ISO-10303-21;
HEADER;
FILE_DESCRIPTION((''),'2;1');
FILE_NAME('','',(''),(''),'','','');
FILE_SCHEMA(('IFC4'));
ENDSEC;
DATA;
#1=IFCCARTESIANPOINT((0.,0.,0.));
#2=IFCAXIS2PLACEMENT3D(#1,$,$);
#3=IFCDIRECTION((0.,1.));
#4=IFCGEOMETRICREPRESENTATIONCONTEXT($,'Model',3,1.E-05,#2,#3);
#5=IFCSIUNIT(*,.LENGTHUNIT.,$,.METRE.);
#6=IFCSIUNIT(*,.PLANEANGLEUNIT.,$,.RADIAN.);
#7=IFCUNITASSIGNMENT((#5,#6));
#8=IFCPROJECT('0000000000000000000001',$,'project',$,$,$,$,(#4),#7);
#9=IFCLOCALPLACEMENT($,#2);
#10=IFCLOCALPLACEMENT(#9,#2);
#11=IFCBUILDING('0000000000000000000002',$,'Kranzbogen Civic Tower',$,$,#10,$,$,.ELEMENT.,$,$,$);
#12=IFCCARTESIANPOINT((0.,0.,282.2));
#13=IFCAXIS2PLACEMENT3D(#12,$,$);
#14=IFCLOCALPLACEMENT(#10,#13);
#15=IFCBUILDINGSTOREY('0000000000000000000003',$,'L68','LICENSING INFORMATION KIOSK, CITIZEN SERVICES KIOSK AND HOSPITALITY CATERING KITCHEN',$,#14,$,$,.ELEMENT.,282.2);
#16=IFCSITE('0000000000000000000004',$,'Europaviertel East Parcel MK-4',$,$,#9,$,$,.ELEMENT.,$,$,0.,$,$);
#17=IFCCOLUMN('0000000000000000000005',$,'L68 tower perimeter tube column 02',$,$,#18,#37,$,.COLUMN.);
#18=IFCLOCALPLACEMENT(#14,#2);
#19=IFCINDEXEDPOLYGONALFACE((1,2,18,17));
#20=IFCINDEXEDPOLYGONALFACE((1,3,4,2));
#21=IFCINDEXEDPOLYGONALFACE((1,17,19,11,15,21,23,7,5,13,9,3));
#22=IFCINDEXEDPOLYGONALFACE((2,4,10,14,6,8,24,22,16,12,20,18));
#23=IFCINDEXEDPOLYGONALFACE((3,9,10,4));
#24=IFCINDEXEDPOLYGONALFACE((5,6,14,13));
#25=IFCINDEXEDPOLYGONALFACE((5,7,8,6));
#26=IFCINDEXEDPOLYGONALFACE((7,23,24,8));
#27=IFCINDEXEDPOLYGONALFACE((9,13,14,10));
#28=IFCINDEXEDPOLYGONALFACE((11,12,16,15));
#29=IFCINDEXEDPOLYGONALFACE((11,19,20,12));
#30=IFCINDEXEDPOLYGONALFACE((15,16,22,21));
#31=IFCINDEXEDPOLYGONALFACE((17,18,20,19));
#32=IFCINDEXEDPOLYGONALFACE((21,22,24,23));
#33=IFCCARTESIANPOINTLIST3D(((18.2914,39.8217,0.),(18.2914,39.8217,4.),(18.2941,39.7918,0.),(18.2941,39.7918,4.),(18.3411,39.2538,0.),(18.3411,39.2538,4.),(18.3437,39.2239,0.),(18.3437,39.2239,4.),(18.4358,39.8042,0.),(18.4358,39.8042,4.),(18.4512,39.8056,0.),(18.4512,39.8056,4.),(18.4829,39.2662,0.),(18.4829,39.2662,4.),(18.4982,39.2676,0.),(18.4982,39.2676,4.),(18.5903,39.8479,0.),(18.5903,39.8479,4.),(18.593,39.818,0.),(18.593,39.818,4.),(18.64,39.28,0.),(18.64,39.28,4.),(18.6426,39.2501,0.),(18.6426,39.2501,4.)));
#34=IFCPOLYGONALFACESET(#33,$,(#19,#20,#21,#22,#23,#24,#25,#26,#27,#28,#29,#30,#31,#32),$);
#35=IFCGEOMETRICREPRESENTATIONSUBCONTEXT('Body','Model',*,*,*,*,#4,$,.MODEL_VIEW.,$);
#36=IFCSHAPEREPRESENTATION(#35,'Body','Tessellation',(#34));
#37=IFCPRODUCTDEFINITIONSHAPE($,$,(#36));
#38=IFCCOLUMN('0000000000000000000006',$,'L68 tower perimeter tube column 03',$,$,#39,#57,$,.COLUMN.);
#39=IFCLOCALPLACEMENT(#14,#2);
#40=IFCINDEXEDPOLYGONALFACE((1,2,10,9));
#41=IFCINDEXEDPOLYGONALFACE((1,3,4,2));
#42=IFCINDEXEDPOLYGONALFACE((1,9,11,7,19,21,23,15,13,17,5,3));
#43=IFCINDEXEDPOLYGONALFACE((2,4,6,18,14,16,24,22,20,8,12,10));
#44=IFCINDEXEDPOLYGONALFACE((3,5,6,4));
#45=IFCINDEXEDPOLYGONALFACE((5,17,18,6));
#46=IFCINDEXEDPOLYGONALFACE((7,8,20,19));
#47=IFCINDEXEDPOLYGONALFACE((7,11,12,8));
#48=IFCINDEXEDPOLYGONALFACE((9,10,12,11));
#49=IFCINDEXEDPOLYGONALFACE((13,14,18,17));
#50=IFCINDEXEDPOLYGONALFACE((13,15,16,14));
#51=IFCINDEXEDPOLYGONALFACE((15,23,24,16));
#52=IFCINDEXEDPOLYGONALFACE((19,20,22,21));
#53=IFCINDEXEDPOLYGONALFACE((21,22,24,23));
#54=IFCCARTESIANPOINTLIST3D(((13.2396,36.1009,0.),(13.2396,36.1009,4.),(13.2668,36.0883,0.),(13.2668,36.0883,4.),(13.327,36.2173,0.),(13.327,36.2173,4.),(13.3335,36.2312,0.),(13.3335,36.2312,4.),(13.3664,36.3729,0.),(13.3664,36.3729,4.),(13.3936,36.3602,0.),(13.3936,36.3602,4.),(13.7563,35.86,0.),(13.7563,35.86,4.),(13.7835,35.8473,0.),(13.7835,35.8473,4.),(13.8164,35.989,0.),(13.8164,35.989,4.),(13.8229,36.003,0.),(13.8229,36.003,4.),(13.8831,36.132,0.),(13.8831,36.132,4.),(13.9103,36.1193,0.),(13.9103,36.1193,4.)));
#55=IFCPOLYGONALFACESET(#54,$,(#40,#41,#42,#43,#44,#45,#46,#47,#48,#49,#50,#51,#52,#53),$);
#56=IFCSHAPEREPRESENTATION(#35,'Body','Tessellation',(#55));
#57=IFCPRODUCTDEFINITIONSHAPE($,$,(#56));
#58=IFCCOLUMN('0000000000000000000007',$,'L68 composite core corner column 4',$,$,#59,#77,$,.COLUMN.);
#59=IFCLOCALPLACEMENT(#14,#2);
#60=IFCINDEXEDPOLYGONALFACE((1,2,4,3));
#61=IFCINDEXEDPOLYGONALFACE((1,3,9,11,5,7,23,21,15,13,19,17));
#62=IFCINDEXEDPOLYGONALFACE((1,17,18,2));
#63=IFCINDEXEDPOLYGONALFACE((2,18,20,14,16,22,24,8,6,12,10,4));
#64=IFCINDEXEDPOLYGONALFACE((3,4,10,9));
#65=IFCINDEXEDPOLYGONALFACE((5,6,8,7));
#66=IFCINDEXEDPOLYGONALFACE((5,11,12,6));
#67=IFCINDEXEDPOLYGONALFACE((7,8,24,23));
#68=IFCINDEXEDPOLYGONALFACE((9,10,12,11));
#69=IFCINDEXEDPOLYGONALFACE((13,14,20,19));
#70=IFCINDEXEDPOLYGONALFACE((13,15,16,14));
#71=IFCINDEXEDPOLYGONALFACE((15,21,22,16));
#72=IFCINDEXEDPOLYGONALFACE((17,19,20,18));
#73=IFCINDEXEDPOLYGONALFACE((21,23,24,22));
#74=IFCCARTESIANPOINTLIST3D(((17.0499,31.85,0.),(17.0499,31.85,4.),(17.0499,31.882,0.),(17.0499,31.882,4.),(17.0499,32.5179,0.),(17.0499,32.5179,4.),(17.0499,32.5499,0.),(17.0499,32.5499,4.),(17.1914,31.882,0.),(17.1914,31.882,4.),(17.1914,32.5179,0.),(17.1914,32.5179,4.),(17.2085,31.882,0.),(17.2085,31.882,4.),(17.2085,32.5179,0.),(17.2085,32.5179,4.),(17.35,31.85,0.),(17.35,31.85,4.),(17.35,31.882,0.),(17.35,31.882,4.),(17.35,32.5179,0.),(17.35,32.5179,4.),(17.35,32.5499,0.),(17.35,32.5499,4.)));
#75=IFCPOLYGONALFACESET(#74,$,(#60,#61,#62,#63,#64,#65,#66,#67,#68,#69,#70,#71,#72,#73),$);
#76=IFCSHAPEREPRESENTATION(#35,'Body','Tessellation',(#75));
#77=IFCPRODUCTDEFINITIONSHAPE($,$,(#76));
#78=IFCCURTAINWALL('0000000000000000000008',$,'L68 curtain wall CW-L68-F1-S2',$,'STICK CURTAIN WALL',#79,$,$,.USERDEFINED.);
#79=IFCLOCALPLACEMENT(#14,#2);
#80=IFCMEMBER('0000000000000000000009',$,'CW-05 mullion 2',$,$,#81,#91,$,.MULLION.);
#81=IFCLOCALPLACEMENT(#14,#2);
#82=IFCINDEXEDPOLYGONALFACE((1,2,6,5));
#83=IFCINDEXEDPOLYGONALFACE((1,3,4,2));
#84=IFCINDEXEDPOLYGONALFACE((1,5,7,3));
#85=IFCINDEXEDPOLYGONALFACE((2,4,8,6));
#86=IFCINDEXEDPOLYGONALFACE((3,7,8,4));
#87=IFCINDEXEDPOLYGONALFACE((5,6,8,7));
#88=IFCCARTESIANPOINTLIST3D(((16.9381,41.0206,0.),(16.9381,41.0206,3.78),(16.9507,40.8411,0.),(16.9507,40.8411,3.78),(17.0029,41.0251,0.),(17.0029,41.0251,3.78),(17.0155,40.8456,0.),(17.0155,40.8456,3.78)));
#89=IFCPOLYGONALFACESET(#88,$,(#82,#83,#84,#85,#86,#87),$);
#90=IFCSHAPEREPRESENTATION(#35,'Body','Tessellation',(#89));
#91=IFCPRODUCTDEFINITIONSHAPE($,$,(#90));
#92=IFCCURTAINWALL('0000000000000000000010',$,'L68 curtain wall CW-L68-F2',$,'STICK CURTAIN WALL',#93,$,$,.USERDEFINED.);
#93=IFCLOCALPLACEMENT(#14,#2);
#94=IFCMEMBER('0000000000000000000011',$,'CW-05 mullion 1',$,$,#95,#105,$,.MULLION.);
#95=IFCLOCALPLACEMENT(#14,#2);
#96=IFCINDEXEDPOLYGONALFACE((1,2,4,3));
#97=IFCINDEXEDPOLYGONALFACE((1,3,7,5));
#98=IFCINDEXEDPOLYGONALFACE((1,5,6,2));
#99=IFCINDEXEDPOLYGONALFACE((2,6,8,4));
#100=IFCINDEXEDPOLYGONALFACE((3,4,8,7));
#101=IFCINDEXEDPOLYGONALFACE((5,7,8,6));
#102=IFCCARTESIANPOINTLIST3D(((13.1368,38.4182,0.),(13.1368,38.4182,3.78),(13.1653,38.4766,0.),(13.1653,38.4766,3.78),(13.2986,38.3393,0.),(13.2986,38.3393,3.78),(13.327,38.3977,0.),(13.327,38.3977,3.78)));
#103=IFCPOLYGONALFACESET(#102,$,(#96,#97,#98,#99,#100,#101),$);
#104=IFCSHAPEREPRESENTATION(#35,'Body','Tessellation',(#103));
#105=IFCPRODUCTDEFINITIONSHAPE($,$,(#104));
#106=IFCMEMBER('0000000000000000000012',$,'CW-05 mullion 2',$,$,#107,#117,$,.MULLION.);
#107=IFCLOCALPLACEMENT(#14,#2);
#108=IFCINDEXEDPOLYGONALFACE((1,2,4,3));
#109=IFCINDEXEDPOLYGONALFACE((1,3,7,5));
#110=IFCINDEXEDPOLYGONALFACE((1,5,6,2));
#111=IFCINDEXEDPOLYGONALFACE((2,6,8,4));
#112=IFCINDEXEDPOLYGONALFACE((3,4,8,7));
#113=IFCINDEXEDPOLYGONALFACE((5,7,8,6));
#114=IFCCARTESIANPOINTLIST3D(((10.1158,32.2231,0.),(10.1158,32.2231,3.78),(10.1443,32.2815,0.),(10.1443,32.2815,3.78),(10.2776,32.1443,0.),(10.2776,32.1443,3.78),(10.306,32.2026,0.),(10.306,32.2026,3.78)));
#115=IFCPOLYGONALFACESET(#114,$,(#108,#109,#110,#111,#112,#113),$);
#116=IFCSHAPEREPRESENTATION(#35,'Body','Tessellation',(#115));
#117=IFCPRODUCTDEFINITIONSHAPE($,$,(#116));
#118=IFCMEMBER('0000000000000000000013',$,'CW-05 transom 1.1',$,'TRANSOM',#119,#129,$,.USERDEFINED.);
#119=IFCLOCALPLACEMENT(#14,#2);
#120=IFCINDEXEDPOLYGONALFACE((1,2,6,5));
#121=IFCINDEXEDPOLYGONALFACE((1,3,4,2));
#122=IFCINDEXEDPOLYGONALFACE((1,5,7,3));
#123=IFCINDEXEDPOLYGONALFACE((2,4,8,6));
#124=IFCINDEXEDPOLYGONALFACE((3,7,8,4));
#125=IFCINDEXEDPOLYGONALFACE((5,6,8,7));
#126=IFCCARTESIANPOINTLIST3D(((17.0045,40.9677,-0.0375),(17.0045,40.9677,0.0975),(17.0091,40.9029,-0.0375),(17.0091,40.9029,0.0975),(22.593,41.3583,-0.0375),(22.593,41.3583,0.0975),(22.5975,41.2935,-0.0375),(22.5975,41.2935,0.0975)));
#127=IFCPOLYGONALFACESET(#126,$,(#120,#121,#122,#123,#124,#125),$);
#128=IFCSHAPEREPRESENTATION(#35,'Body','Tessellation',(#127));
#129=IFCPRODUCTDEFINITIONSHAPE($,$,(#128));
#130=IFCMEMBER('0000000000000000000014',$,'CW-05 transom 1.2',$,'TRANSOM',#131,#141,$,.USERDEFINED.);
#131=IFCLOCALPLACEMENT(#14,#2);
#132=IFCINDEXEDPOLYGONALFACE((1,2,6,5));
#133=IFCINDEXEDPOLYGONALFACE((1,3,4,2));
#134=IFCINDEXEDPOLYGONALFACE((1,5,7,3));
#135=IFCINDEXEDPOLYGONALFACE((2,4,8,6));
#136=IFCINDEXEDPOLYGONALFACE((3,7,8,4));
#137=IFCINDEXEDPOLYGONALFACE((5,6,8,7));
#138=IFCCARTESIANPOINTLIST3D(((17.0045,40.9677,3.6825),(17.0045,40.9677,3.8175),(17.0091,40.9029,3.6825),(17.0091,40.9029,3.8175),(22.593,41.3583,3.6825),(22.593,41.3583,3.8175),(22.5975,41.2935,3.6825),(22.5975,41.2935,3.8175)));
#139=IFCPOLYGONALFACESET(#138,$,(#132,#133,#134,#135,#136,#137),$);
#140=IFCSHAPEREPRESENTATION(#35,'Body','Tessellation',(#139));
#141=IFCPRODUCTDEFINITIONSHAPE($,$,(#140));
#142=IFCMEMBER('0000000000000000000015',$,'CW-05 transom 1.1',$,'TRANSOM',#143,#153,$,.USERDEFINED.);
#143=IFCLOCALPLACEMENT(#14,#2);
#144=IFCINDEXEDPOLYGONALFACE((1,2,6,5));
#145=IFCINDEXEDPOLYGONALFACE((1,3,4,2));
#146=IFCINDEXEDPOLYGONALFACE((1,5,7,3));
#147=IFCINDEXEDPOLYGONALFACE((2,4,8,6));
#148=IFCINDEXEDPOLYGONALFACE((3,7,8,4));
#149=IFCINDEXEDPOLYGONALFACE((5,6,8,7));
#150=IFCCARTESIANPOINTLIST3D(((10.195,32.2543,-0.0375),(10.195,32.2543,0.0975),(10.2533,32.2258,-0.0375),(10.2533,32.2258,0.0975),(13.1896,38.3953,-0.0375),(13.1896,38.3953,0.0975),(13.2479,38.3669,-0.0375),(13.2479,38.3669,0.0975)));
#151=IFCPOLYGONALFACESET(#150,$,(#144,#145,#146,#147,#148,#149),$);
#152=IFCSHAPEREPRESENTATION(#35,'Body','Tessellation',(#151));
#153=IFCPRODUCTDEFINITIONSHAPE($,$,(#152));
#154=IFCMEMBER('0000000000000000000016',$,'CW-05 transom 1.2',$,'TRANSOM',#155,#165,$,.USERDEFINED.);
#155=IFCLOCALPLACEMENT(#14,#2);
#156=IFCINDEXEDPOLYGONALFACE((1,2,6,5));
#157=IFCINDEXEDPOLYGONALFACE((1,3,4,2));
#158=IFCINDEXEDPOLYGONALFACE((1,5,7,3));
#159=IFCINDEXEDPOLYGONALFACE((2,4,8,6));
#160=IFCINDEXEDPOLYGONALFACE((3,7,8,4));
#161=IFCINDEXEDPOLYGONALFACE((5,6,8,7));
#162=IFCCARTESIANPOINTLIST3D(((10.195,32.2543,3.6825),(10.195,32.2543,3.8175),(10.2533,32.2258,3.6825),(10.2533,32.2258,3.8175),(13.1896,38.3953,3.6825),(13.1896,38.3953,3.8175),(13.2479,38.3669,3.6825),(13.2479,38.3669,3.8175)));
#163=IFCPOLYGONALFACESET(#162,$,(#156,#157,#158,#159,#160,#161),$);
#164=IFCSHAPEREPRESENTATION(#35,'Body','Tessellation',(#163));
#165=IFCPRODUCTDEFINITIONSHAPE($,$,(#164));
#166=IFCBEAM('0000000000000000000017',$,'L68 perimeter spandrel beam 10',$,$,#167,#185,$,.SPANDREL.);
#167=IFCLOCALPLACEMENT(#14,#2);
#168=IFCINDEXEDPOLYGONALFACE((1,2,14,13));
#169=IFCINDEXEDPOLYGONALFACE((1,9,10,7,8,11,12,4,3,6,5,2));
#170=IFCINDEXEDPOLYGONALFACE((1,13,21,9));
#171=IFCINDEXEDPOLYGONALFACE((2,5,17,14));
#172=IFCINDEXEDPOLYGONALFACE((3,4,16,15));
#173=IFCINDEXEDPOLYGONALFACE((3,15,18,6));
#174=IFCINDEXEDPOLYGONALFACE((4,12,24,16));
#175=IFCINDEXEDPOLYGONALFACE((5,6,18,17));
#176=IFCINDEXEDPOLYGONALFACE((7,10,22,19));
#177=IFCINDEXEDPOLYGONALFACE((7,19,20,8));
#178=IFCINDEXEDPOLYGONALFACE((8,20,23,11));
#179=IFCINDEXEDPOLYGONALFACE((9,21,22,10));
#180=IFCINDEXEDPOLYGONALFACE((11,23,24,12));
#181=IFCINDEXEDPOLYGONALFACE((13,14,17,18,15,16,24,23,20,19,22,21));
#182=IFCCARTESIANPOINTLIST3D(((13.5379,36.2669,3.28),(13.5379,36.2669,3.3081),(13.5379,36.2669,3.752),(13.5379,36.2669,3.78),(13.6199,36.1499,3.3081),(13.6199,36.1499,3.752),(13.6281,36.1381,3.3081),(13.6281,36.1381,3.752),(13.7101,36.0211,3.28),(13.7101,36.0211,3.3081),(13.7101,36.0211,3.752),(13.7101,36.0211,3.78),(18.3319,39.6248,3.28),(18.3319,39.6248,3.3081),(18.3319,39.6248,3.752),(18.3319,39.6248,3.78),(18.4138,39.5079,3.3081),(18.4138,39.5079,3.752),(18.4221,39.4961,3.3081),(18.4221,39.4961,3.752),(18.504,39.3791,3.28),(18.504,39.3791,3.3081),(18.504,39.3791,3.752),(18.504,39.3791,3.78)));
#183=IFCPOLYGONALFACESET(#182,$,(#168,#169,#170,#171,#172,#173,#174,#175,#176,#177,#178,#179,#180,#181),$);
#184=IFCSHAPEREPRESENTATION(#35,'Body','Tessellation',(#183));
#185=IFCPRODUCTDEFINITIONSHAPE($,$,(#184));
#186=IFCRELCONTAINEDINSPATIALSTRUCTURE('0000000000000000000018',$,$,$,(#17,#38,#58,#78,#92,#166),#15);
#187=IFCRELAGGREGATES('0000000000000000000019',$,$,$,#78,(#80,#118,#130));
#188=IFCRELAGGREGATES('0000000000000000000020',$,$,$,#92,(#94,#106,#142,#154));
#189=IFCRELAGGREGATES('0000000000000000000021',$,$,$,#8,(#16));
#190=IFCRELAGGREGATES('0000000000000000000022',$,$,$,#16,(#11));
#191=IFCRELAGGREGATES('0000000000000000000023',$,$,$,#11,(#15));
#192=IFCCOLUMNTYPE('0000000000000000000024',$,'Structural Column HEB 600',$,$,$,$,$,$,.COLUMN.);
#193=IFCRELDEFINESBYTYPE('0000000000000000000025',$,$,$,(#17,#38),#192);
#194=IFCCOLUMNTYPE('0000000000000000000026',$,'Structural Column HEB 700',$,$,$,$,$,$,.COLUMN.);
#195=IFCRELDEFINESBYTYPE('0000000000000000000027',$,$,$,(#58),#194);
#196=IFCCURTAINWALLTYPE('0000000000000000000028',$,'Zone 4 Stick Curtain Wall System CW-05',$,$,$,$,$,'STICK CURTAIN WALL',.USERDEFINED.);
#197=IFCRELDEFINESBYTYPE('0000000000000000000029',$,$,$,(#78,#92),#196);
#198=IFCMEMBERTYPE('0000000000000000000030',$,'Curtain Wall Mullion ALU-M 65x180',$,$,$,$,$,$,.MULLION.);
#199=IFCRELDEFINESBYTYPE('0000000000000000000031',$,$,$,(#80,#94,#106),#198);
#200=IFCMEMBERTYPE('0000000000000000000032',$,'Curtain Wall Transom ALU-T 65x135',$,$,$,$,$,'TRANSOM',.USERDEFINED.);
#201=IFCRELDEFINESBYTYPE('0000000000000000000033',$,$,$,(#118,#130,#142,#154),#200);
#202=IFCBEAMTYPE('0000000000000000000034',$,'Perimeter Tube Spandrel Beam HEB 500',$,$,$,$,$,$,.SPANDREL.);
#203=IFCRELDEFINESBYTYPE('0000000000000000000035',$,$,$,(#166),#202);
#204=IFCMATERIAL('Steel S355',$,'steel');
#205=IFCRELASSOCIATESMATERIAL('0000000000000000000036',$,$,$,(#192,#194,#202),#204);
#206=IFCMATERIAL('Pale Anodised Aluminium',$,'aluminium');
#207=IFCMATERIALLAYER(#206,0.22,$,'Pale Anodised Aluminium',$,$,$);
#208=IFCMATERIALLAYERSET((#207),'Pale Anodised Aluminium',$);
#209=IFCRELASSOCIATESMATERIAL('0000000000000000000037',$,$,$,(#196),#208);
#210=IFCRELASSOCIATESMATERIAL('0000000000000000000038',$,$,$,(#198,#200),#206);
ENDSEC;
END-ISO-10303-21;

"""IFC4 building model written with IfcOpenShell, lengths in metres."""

from ifc_helpers import new_model, si_unit, direction, frame, origin, origin_2d, place, context, subcontext, project, spatial, rectangle, i_section, extrude, material, layer, layer_set, material_profile, profile_set, type_object, element, aggregate, save


model = new_model("IFC4")

# Units and contexts
model_context = context("Model", 3, precision=1e-05, world=origin(), true_north=direction((0.0, 1.0)))
body_context = subcontext(model_context, "Body", "Model", "MODEL_VIEW")
ifc_project = project(units=[si_unit("LENGTHUNIT", "METRE"), si_unit("PLANEANGLEUNIT", "RADIAN")], contexts=[model_context])

# Site, building, storey
site_placement = place(None, origin())
site = spatial("IfcSite", under=ifc_project, at=site_placement, Name="Europaviertel East Parcel MK-4", CompositionType="ELEMENT", RefElevation=0.0)
building_placement = place(site_placement, origin())
building = spatial("IfcBuilding", under=site, at=building_placement, Name="Kranzbogen Civic Tower", CompositionType="ELEMENT")
storey_placement = place(building_placement, frame((0.0, 0.0, 282.2)))
storey = spatial("IfcBuildingStorey", under=building, at=storey_placement, Name="L68", Description="LICENSING INFORMATION KIOSK, CITIZEN SERVICES KIOSK AND HOSPITALITY CATERING KITCHEN", CompositionType="ELEMENT", Elevation=282.2)

# Columns
ifc_material_1 = material(Name="Steel S355", Category="steel")
ifc_material_profile_1 = material_profile(ifc_material_1, i_section(OverallWidth=0.3, OverallDepth=0.6001, WebThickness=0.0154, FlangeThickness=0.03, at=origin_2d()), Name="HEB 600")
ifc_profile_set_1 = profile_set([ifc_material_profile_1], Name="Steel S355")
column_type_1 = type_object("IfcColumnType", Name="Structural Column HEB 600", PredefinedType="COLUMN", material=ifc_profile_set_1)
for number, where, z_axis, x_axis, name in (
    (1, (18.467, 39.5359, 0.0), (0.0, 0.0, 1.0), (0.996195, 0.087156, 0.0), "L68 tower perimeter tube column 02"),
    (2, (13.575, 36.1101, 0.0), (0.0, 0.0, 1.0), (0.422618, 0.906308, 0.0), "L68 tower perimeter tube column 03"),
):
    element("IfcColumn", number, at=place(storey_placement, frame(where, z_axis=z_axis, x_axis=x_axis)), inside=storey, type_object=column_type_1, Name=name, PredefinedType="COLUMN", context=body_context, shape_type="SweptSolid", body=[
        extrude(i_section(OverallWidth=0.3, OverallDepth=0.6001, WebThickness=0.0154, FlangeThickness=0.03, at=origin_2d()), origin(), (0.0, 0.0, 1.0), 4.0),
    ])
ifc_material_profile_2 = material_profile(ifc_material_1, i_section(OverallWidth=0.3, OverallDepth=0.7, WebThickness=0.0171, FlangeThickness=0.032, at=origin_2d()), Name="HEB 700")
ifc_profile_set_2 = profile_set([ifc_material_profile_2], Name="Steel S355")
column_type_2 = type_object("IfcColumnType", Name="Structural Column HEB 700", PredefinedType="COLUMN", material=ifc_profile_set_2)
column_placement = place(storey_placement, frame((17.2, 32.2, 0.0), z_axis=(0.0, 0.0, 1.0), x_axis=(1.0, 0.0, 0.0)))
element("IfcColumn", 3, at=column_placement, inside=storey, type_object=column_type_2, Name="L68 composite core corner column 4", PredefinedType="COLUMN", context=body_context, shape_type="SweptSolid", body=[
    extrude(i_section(OverallWidth=0.3, OverallDepth=0.7, WebThickness=0.0171, FlangeThickness=0.032, at=origin_2d()), origin(), (0.0, 0.0, 1.0), 4.0),
])

# Curtain wall, member
ifc_material_2 = material(Name="Pale Anodised Aluminium", Category="aluminium")
ifc_layer_1 = layer(ifc_material_2, 0.22, Name="Pale Anodised Aluminium")
ifc_layer_set_1 = layer_set([ifc_layer_1], Name="Pale Anodised Aluminium")
curtain_wall_type = type_object("IfcCurtainWallType", Name="Zone 4 Stick Curtain Wall System CW-05", ElementType="STICK CURTAIN WALL", PredefinedType="USERDEFINED", material=ifc_layer_set_1)
curtain_wall_1_placement = place(storey_placement, origin())
curtain_wall_1 = element("IfcCurtainWall", 4, at=curtain_wall_1_placement, inside=storey, type_object=curtain_wall_type, Name="L68 curtain wall CW-L68-F1-S2", ObjectType="STICK CURTAIN WALL", PredefinedType="USERDEFINED")
ifc_material_profile_3 = material_profile(ifc_material_2, rectangle(XDim=0.0649, YDim=0.1799, at=origin_2d()), Name="ALU-M 65x180")
ifc_profile_set_3 = profile_set([ifc_material_profile_3], Name="Pale Anodised Aluminium")
member_type_1 = type_object("IfcMemberType", Name="Curtain Wall Mullion ALU-M 65x180", PredefinedType="MULLION", material=ifc_profile_set_3)
member_1_placement = place(storey_placement, frame((16.9768, 40.9331, 0.0), z_axis=(0.0, 0.0, 1.0), x_axis=(-0.997566, -0.069732, 0.0)))
member_1 = element("IfcMember", 5, at=member_1_placement, type_object=member_type_1, Name="CW-05 mullion 2", PredefinedType="MULLION", context=body_context, shape_type="SweptSolid", body=[
    extrude(rectangle(XDim=0.0649, YDim=0.1799, at=origin_2d()), origin(), (0.0, 0.0, 1.0), 3.78),
])

# Curtain wall, members
curtain_wall_2_placement = place(storey_placement, origin())
curtain_wall_2 = element("IfcCurtainWall", 6, at=curtain_wall_2_placement, inside=storey, type_object=curtain_wall_type, Name="L68 curtain wall CW-L68-F2", ObjectType="STICK CURTAIN WALL", PredefinedType="USERDEFINED")
member_2_placement = place(storey_placement, frame((13.2319, 38.408, 0.0), z_axis=(0.0, 0.0, 1.0), x_axis=(-0.438293, -0.898832, 0.0)))
member_2 = element("IfcMember", 7, at=member_2_placement, type_object=member_type_1, Name="CW-05 mullion 1", PredefinedType="MULLION", context=body_context, shape_type="SweptSolid", body=[
    extrude(rectangle(XDim=0.0649, YDim=0.1799, at=origin_2d()), origin(), (0.0, 0.0, 1.0), 3.78),
])
member_3_placement = place(storey_placement, frame((10.2109, 32.2129, 0.0), z_axis=(0.0, 0.0, 1.0), x_axis=(-0.438293, -0.898832, 0.0)))
member_3 = element("IfcMember", 8, at=member_3_placement, type_object=member_type_1, Name="CW-05 mullion 2", PredefinedType="MULLION", context=body_context, shape_type="SweptSolid", body=[
    extrude(rectangle(XDim=0.0649, YDim=0.1799, at=origin_2d()), origin(), (0.0, 0.0, 1.0), 3.78),
])

# Members
ifc_material_profile_4 = material_profile(ifc_material_2, rectangle(XDim=0.0649, YDim=0.135, at=origin_2d()), Name="ALU-T 65x135")
ifc_profile_set_4 = profile_set([ifc_material_profile_4], Name="Pale Anodised Aluminium")
member_type_2 = type_object("IfcMemberType", Name="Curtain Wall Transom ALU-T 65x135", ElementType="TRANSOM", PredefinedType="USERDEFINED", material=ifc_profile_set_4)
member_4_placement = place(storey_placement, frame((22.5952, 41.3259, 0.03), z_axis=(-0.997566, -0.069729, 0.0), x_axis=(0.069729, -0.997566, 0.0)))
member_4 = element("IfcMember", 9, at=member_4_placement, type_object=member_type_2, Name="CW-05 transom 1.1", ObjectType="TRANSOM", PredefinedType="USERDEFINED", context=body_context, shape_type="SweptSolid", body=[
    extrude(rectangle(XDim=0.0649, YDim=0.135, at=origin_2d()), origin(), (0.0, 0.0, 1.0), 5.6021),
])
member_5_placement = place(storey_placement, frame((22.5952, 41.3259, 3.75), z_axis=(-0.997566, -0.069729, 0.0), x_axis=(0.069729, -0.997566, 0.0)))
member_5 = element("IfcMember", 10, at=member_5_placement, type_object=member_type_2, Name="CW-05 transom 1.2", ObjectType="TRANSOM", PredefinedType="USERDEFINED", context=body_context, shape_type="SweptSolid", body=[
    extrude(rectangle(XDim=0.0649, YDim=0.135, at=origin_2d()), origin(), (0.0, 0.0, 1.0), 5.6021),
])
member_6_placement = place(storey_placement, frame((13.2188, 38.3811, 0.03), z_axis=(-0.438301, -0.898828, 0.0), x_axis=(0.898828, -0.438301, 0.0)))
member_6 = element("IfcMember", 11, at=member_6_placement, type_object=member_type_2, Name="CW-05 transom 1.1", ObjectType="TRANSOM", PredefinedType="USERDEFINED", context=body_context, shape_type="SweptSolid", body=[
    extrude(rectangle(XDim=0.0649, YDim=0.135, at=origin_2d()), origin(), (0.0, 0.0, 1.0), 6.8323),
])
member_7_placement = place(storey_placement, frame((13.2188, 38.3811, 3.75), z_axis=(-0.438301, -0.898828, 0.0), x_axis=(0.898828, -0.438301, 0.0)))
member_7 = element("IfcMember", 12, at=member_7_placement, type_object=member_type_2, Name="CW-05 transom 1.2", ObjectType="TRANSOM", PredefinedType="USERDEFINED", context=body_context, shape_type="SweptSolid", body=[
    extrude(rectangle(XDim=0.0649, YDim=0.135, at=origin_2d()), origin(), (0.0, 0.0, 1.0), 6.8323),
])

# Beam
ifc_material_profile_5 = material_profile(ifc_material_1, i_section(OverallWidth=0.3, OverallDepth=0.5, WebThickness=0.0144, FlangeThickness=0.0281, at=origin_2d()), Name="HEB 500")
ifc_profile_set_5 = profile_set([ifc_material_profile_5], Name="Steel S355")
beam_type_1 = type_object("IfcBeamType", Name="Perimeter Tube Spandrel Beam HEB 500", PredefinedType="SPANDREL", material=ifc_profile_set_5)
beam_1_placement = place(storey_placement, frame((18.418, 39.502, 3.53), z_axis=(-0.819059, -0.573709, 0.0), x_axis=(0.573709, -0.819059, 0.0)))
element("IfcBeam", 13, at=beam_1_placement, inside=storey, type_object=beam_type_1, Name="L68 perimeter spandrel beam 10", PredefinedType="SPANDREL", context=body_context, shape_type="SweptSolid", body=[
    extrude(i_section(OverallWidth=0.3, OverallDepth=0.5, WebThickness=0.0144, FlangeThickness=0.0281, at=origin_2d()), origin(), (0.0, 0.0, 1.0), 5.853),
])

aggregate(curtain_wall_1, [member_1, member_4, member_5])
aggregate(curtain_wall_2, [member_2, member_3, member_6, member_7])

save(model, "model.ifc")
